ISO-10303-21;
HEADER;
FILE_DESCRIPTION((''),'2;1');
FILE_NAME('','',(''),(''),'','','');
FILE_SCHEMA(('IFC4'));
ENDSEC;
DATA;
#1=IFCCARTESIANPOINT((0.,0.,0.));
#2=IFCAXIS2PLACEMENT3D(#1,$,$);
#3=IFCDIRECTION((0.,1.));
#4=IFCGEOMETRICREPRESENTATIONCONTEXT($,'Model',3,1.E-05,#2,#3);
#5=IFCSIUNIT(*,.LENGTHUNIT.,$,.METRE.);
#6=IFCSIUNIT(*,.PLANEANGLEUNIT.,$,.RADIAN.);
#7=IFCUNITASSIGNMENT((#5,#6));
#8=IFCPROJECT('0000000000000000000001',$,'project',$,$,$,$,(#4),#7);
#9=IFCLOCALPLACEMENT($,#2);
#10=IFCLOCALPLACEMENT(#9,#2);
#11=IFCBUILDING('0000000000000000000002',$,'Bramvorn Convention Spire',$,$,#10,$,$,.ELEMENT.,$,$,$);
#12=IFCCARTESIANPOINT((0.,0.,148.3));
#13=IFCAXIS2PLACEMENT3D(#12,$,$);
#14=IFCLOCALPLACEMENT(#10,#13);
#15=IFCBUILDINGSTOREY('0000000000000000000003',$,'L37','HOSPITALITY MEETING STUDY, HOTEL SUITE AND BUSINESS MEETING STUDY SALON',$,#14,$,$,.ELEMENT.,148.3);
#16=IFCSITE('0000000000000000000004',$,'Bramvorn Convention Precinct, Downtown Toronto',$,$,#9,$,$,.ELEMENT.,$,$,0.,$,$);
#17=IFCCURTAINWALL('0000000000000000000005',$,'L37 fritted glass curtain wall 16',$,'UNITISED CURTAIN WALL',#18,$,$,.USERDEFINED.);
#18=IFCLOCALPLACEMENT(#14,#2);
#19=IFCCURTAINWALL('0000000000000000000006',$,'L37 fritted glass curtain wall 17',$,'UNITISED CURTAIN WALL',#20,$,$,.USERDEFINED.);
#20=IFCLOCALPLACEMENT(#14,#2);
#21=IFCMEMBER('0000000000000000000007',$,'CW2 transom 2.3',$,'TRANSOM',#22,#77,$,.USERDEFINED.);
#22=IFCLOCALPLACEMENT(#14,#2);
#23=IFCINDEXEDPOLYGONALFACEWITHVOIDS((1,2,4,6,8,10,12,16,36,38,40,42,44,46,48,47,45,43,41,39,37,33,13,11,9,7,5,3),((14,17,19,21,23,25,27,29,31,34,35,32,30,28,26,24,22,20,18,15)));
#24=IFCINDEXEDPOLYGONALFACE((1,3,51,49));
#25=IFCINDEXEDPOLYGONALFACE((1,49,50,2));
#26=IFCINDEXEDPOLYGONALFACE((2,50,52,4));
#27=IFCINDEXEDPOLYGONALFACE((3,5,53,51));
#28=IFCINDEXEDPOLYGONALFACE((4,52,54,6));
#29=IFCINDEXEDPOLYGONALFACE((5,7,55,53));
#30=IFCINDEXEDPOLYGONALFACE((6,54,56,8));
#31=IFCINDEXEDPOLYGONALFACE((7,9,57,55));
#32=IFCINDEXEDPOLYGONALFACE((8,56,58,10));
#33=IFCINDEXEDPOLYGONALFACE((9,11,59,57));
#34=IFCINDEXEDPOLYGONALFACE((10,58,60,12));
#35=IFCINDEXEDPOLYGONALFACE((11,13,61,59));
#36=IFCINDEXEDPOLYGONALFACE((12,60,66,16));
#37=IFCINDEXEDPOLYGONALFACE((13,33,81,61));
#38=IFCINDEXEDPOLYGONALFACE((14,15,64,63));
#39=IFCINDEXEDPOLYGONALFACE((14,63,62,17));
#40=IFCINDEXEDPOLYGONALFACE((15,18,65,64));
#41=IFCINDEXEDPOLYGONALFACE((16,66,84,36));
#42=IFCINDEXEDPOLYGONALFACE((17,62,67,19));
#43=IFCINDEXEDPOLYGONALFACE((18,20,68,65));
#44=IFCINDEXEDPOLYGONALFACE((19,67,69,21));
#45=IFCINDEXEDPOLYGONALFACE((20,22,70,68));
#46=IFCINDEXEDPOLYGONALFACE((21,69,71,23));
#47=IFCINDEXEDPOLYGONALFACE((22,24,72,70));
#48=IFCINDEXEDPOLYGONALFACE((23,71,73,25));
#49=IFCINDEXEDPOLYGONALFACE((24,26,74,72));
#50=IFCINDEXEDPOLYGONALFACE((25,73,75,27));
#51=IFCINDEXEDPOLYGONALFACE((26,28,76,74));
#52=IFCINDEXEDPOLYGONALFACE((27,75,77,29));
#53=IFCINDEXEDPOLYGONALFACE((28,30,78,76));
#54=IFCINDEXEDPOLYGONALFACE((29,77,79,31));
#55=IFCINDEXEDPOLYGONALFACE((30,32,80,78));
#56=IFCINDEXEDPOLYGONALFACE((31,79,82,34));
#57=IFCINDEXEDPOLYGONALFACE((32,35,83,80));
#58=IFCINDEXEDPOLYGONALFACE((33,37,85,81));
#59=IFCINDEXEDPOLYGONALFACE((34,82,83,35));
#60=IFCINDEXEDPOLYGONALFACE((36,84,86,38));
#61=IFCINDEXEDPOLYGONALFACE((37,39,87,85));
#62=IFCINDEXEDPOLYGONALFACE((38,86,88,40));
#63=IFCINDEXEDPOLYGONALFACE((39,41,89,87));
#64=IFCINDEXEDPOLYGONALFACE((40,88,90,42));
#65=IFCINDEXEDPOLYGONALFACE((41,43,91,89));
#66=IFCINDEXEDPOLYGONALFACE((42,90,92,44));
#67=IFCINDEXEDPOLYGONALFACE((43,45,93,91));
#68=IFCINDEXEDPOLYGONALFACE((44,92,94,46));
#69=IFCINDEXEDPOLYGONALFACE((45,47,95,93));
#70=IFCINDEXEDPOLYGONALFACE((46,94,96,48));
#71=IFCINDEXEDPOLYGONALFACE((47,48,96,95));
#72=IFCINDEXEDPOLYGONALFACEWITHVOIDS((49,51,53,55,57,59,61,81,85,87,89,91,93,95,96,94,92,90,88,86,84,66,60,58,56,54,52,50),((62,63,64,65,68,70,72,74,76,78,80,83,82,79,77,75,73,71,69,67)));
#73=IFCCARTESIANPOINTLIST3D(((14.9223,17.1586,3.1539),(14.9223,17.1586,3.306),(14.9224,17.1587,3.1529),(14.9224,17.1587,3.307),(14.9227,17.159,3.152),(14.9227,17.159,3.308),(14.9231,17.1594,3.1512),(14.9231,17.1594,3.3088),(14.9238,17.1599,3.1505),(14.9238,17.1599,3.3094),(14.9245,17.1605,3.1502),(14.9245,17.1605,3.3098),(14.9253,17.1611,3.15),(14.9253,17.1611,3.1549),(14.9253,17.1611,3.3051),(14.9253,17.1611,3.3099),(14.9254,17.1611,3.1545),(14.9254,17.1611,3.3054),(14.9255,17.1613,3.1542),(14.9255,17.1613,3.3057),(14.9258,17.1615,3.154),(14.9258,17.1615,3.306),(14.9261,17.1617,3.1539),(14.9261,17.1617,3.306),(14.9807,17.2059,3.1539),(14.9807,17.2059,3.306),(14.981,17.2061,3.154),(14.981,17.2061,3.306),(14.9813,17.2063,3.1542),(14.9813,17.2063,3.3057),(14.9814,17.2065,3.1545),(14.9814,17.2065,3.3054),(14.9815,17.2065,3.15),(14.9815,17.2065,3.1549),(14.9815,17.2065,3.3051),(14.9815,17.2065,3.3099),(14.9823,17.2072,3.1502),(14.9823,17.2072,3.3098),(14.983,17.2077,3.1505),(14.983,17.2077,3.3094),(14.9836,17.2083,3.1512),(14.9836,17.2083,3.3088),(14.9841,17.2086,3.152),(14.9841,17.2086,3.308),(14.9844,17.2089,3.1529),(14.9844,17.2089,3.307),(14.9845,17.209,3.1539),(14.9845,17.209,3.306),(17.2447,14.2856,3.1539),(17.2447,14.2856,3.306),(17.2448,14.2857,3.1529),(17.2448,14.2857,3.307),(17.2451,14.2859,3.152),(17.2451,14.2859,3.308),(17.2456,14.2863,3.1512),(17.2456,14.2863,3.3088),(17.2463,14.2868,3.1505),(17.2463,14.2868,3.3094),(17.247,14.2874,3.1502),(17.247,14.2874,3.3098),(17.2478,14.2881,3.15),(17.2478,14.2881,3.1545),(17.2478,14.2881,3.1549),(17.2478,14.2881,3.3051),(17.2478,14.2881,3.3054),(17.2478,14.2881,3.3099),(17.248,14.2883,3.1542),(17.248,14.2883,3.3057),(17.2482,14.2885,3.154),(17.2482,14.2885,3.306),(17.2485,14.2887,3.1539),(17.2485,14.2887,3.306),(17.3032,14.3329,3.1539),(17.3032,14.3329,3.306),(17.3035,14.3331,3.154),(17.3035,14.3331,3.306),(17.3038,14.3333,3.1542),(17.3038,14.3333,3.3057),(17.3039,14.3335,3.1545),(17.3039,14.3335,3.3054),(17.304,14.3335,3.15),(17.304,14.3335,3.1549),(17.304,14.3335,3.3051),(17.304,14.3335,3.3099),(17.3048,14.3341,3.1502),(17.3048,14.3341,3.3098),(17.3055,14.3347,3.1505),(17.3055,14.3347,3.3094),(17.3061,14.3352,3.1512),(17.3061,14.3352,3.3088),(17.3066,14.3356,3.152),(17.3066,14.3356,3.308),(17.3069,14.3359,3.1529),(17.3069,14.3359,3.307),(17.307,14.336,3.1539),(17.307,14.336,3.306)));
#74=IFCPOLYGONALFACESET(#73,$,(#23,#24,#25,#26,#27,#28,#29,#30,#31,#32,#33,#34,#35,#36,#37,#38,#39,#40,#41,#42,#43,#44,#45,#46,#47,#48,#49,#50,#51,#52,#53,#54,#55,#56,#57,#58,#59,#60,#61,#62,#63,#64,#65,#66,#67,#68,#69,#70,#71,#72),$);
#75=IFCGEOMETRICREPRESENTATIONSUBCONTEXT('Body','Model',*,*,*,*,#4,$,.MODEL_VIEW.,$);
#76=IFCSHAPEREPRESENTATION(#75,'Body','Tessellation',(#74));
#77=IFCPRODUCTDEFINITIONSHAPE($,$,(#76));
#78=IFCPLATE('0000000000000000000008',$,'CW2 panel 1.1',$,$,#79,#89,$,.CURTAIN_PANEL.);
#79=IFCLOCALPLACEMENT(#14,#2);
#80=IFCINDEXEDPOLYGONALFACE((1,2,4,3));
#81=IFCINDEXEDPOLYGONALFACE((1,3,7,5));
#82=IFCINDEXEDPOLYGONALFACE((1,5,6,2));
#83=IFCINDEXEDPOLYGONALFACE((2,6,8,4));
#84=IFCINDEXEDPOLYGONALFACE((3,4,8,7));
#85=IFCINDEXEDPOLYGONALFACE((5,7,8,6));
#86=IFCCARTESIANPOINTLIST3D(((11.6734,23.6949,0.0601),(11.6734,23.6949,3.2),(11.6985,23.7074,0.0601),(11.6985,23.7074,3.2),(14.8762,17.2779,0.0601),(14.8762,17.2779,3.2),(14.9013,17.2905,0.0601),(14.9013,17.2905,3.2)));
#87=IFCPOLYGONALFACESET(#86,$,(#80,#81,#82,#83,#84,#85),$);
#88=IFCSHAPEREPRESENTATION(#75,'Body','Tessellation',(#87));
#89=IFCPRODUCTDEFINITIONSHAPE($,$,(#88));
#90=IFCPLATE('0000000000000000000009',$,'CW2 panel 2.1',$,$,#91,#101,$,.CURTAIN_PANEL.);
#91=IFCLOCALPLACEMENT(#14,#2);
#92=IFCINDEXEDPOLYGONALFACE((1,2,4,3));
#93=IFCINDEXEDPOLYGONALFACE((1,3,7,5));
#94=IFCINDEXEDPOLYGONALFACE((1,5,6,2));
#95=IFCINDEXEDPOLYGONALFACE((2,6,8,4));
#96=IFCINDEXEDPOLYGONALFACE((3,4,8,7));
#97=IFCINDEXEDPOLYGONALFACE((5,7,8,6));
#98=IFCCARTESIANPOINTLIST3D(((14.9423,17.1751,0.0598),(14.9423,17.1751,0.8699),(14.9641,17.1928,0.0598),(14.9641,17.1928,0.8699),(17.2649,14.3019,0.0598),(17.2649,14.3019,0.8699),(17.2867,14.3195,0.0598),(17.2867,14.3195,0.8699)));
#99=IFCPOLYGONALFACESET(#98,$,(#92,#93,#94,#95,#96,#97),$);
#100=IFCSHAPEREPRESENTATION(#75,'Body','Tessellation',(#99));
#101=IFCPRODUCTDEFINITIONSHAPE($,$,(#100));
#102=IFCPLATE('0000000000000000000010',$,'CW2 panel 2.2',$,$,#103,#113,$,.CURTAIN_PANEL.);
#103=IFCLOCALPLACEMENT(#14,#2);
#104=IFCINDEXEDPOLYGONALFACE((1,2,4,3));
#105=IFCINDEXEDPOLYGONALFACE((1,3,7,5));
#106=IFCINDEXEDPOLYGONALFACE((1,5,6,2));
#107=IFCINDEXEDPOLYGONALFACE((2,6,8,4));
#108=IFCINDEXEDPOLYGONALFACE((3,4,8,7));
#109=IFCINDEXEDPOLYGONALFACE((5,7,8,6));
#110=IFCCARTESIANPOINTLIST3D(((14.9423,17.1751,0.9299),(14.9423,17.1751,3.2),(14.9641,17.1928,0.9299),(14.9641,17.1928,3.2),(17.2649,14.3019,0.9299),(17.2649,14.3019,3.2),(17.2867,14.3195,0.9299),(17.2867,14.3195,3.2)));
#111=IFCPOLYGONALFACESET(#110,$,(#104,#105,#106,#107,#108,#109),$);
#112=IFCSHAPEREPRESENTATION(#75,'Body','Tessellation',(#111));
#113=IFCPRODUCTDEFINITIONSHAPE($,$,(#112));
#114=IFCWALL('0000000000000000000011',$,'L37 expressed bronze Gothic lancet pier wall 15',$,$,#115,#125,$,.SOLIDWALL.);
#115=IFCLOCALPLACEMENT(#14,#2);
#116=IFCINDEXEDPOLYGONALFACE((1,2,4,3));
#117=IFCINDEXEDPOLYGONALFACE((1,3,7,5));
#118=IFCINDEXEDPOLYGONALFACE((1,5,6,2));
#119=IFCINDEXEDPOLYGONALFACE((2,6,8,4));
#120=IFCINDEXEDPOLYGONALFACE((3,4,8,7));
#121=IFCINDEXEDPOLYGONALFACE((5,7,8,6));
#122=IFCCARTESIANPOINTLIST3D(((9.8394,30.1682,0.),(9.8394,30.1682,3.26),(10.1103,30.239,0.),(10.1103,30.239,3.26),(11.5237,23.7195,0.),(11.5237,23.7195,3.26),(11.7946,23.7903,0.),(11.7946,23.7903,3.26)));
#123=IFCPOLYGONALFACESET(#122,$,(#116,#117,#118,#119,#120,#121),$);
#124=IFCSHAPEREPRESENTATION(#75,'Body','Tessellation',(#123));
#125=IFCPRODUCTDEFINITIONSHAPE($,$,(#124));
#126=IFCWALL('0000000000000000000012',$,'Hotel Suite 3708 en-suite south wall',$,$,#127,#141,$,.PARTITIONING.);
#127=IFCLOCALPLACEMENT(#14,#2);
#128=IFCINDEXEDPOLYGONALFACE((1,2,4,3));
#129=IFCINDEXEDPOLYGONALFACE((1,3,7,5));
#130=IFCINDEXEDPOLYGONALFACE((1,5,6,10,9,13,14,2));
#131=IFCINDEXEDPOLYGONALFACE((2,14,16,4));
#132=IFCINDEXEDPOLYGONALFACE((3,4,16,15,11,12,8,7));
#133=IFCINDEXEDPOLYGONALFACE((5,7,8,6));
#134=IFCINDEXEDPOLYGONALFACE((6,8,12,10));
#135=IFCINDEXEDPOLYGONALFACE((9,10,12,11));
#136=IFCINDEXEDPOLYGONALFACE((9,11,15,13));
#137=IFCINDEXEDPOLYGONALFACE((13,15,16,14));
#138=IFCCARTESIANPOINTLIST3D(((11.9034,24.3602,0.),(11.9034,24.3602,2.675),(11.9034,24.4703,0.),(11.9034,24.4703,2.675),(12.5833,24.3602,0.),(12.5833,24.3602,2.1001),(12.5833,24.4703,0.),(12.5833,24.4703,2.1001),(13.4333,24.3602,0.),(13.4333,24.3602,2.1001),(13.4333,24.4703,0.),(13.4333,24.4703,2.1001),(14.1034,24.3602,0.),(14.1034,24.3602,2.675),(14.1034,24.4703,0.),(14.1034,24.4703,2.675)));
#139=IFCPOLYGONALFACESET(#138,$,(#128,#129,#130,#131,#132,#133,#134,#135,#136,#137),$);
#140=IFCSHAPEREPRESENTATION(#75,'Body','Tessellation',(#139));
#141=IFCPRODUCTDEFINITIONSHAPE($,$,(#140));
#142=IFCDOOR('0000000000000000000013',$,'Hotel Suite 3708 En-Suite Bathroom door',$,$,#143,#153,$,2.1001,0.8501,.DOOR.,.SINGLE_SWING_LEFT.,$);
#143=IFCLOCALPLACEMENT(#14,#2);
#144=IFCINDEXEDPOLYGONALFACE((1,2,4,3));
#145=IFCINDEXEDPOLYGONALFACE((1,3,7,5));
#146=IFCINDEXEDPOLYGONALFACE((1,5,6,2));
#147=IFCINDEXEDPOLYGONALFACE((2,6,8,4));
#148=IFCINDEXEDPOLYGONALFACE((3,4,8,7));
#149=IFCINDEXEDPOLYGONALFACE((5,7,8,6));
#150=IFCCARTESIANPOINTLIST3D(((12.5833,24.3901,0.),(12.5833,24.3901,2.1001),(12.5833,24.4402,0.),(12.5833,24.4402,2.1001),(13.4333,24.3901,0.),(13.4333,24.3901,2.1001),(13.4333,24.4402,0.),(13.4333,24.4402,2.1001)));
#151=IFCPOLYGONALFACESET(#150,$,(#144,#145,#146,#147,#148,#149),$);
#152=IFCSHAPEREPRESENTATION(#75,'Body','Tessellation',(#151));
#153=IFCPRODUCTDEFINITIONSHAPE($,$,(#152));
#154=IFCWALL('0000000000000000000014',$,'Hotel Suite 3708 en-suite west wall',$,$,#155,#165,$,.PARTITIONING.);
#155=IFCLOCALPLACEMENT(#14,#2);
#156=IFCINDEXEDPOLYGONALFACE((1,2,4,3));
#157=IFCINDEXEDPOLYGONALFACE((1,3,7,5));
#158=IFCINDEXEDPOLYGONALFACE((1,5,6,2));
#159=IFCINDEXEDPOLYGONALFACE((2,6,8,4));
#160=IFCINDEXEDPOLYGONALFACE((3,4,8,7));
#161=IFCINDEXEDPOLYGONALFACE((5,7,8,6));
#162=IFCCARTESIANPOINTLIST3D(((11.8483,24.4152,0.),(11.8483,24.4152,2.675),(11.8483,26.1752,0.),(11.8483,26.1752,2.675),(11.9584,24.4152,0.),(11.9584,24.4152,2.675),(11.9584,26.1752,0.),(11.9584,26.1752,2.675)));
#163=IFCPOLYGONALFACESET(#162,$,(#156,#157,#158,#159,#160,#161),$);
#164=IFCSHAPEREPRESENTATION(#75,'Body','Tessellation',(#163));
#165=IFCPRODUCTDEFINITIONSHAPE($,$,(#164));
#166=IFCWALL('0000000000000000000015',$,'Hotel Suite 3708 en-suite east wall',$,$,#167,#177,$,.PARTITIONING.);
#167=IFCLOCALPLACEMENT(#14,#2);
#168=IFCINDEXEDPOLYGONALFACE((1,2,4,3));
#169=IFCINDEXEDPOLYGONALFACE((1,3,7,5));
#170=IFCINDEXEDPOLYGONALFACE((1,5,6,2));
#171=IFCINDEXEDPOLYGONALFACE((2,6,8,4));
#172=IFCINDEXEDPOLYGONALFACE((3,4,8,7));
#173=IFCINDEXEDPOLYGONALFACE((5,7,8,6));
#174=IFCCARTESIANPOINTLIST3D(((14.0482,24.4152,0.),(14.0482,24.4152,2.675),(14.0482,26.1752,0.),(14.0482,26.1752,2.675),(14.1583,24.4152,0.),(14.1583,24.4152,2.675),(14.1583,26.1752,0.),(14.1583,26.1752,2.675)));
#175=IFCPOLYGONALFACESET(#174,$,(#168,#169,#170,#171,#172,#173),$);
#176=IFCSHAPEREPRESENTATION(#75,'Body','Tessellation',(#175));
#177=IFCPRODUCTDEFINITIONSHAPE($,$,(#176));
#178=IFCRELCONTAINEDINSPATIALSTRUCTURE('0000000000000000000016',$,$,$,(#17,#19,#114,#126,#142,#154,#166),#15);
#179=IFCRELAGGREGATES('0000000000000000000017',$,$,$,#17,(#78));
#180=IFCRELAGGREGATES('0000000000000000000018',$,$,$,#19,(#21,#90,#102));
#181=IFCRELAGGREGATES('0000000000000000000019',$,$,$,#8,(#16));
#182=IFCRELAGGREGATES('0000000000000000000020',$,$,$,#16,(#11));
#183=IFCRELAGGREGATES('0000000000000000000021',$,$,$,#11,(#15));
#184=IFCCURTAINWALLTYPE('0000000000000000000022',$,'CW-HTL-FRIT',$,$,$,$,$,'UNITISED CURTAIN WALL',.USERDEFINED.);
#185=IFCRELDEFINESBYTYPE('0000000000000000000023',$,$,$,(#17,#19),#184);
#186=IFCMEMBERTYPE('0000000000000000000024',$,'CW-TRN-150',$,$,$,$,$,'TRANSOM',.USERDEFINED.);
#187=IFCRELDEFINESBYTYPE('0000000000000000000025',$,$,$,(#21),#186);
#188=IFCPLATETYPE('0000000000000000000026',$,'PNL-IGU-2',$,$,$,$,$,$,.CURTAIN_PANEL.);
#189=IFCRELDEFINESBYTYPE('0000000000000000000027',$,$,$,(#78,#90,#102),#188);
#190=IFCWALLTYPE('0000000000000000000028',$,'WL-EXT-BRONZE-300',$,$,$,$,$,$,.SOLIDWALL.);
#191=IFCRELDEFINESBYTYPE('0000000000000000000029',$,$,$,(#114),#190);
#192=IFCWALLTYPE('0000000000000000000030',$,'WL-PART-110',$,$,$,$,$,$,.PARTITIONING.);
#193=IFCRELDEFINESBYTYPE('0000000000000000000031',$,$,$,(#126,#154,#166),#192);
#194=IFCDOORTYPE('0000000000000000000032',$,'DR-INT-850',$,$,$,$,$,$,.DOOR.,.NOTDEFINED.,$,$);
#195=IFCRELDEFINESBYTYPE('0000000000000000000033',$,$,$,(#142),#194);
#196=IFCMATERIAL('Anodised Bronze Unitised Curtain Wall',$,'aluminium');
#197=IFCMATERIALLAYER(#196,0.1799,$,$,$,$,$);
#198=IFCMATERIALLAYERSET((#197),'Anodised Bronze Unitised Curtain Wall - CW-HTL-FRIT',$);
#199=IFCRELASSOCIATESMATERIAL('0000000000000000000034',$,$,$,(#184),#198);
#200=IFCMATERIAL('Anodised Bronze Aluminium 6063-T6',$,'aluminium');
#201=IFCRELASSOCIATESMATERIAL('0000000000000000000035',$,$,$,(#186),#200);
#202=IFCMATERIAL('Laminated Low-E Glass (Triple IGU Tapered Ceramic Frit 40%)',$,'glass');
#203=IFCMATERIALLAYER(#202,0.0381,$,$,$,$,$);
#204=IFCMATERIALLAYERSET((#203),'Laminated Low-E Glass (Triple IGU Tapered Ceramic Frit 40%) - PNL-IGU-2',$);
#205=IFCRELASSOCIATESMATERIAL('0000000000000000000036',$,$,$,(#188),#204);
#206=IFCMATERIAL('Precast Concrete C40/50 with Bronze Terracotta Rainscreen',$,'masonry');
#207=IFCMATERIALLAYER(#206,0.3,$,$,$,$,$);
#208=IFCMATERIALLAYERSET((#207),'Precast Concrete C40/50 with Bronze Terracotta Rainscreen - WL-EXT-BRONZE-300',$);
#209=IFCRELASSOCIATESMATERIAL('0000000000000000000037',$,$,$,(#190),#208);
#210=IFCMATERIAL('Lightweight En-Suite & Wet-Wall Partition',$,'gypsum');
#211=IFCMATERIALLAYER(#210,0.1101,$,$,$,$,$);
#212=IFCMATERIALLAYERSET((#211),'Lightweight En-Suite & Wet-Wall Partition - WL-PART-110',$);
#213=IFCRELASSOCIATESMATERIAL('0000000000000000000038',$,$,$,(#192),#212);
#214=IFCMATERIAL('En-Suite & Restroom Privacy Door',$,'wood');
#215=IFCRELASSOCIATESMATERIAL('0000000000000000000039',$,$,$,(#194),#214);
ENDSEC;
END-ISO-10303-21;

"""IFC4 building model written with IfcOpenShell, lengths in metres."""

from ifc_helpers import new_model, si_unit, direction, frame, frame_2d, origin, origin_2d, place, context, subcontext, project, spatial, rectangle, hollow_rectangle, extrude, material, layer, layer_set, material_profile, profile_set, type_object, element, fill, aggregate, save


model = new_model("IFC4")

# Units and contexts
model_context = context("Model", 3, precision=1e-05, world=origin(), true_north=direction((0.0, 1.0)))
body_context = subcontext(model_context, "Body", "Model", "MODEL_VIEW")
ifc_project = project(units=[si_unit("LENGTHUNIT", "METRE"), si_unit("PLANEANGLEUNIT", "RADIAN")], contexts=[model_context])

# Site, building, storey
site_placement = place(None, origin())
site = spatial("IfcSite", under=ifc_project, at=site_placement, Name="Bramvorn Convention Precinct, Downtown Toronto", CompositionType="ELEMENT", RefElevation=0.0)
building_placement = place(site_placement, origin())
building = spatial("IfcBuilding", under=site, at=building_placement, Name="Bramvorn Convention Spire", CompositionType="ELEMENT")
storey_placement = place(building_placement, frame((0.0, 0.0, 148.3)))
storey = spatial("IfcBuildingStorey", under=building, at=storey_placement, Name="L37", Description="HOSPITALITY MEETING STUDY, HOTEL SUITE AND BUSINESS MEETING STUDY SALON", CompositionType="ELEMENT", Elevation=148.3)

# Curtain wall
ifc_material_1 = material(Name="Anodised Bronze Unitised Curtain Wall", Category="aluminium")
ifc_layer_1 = layer(ifc_material_1, 0.1799)
ifc_layer_set_1 = layer_set([ifc_layer_1], Name="Anodised Bronze Unitised Curtain Wall - CW-HTL-FRIT")
curtain_wall_type = type_object("IfcCurtainWallType", Name="CW-HTL-FRIT", ElementType="UNITISED CURTAIN WALL", PredefinedType="USERDEFINED", material=ifc_layer_set_1)
curtain_wall_1_placement = place(storey_placement, origin())
curtain_wall_1 = element("IfcCurtainWall", 1, at=curtain_wall_1_placement, inside=storey, type_object=curtain_wall_type, Name="L37 fritted glass curtain wall 16", ObjectType="UNITISED CURTAIN WALL", PredefinedType="USERDEFINED")
ifc_material_2 = material(Name="Anodised Bronze Aluminium 6063-T6", Category="aluminium")

# Curtain wall
curtain_wall_2_placement = place(storey_placement, origin())
curtain_wall_2 = element("IfcCurtainWall", 2, at=curtain_wall_2_placement, inside=storey, type_object=curtain_wall_type, Name="L37 fritted glass curtain wall 17", ObjectType="UNITISED CURTAIN WALL", PredefinedType="USERDEFINED")

# Member
ifc_material_profile_1 = material_profile(ifc_material_2, hollow_rectangle(XDim=0.0801, YDim=0.1599, WallThickness=0.0039, InnerFilletRadius=0.001, OuterFilletRadius=0.0039, at=origin_2d()))
ifc_profile_set_1 = profile_set([ifc_material_profile_1], Name="Anodised Bronze Aluminium 6063-T6 - CWT80X160")
member_type_1 = type_object("IfcMemberType", Name="CW-TRN-150", ElementType="TRANSOM", PredefinedType="USERDEFINED", material=ifc_profile_set_1)
member_1_placement = place(storey_placement, frame((17.2759, 14.3108, 3.23), z_axis=(-0.62866, 0.77768, 0.0), x_axis=(-0.77768, -0.62866, 0.0)))
member_1 = element("IfcMember", 3, at=member_1_placement, type_object=member_type_1, Name="CW2 transom 2.3", ObjectType="TRANSOM", PredefinedType="USERDEFINED", context=body_context, shape_type="SweptSolid", body=[
    extrude(hollow_rectangle(XDim=0.0801, YDim=0.1599, WallThickness=0.0039, InnerFilletRadius=0.001, OuterFilletRadius=0.0039, at=origin_2d()), origin(), (0.0, 0.0, 1.0), 3.6943),
])

# Plates
ifc_material_3 = material(Name="Laminated Low-E Glass (Triple IGU Tapered Ceramic Frit 40%)", Category="glass")
ifc_layer_2 = layer(ifc_material_3, 0.0381)
ifc_layer_set_2 = layer_set([ifc_layer_2], Name="Laminated Low-E Glass (Triple IGU Tapered Ceramic Frit 40%) - PNL-IGU-2")
plate_type = type_object("IfcPlateType", Name="PNL-IGU-2", PredefinedType="CURTAIN_PANEL", material=ifc_layer_set_2)
plate_1_placement = place(storey_placement, frame((13.2874, 20.4927, 0.0601), z_axis=(0.0, 0.0, 1.0), x_axis=(-0.446583, 0.894742, 0.0)))
plate_1 = element("IfcPlate", 4, at=plate_1_placement, type_object=plate_type, Name="CW2 panel 1.1", PredefinedType="CURTAIN_PANEL", context=body_context, shape_type="SweptSolid", body=[
    extrude(rectangle(XDim=7.1719, YDim=0.0281, at=origin_2d()), origin(), (0.0, 0.0, 1.0), 3.1399),
])
aggregate(curtain_wall_1, [plate_1])
plate_2_placement = place(storey_placement, frame((16.1145, 15.7473, 0.0598), z_axis=(0.0, 0.0, 1.0), x_axis=(-0.628642, 0.777694, 0.0)))
plate_2 = element("IfcPlate", 5, at=plate_2_placement, type_object=plate_type, Name="CW2 panel 2.1", PredefinedType="CURTAIN_PANEL", context=body_context, shape_type="SweptSolid", body=[
    extrude(rectangle(XDim=3.6946, YDim=0.0281, at=origin_2d()), origin(), (0.0, 0.0, 1.0), 0.8101),
])
plate_3_placement = place(storey_placement, frame((16.1145, 15.7473, 0.9299), z_axis=(0.0, 0.0, 1.0), x_axis=(-0.628642, 0.777694, 0.0)))
plate_3 = element("IfcPlate", 6, at=plate_3_placement, type_object=plate_type, Name="CW2 panel 2.2", PredefinedType="CURTAIN_PANEL", context=body_context, shape_type="SweptSolid", body=[
    extrude(rectangle(XDim=3.6946, YDim=0.0281, at=origin_2d()), origin(), (0.0, 0.0, 1.0), 2.27),
])
aggregate(curtain_wall_2, [member_1, plate_2, plate_3])

# Wall
ifc_material_4 = material(Name="Precast Concrete C40/50 with Bronze Terracotta Rainscreen", Category="masonry")
ifc_layer_3 = layer(ifc_material_4, 0.3)
ifc_layer_set_3 = layer_set([ifc_layer_3], Name="Precast Concrete C40/50 with Bronze Terracotta Rainscreen - WL-EXT-BRONZE-300")
wall_type_1 = type_object("IfcWallType", Name="WL-EXT-BRONZE-300", PredefinedType="SOLIDWALL", material=ifc_layer_set_3)
wall_1_placement = place(storey_placement, frame((11.6592, 23.7549, 0.0), z_axis=(0.0, 0.0, 1.0), x_axis=(-0.25271, 0.967542, 0.0)))
element("IfcWall", 7, at=wall_1_placement, inside=storey, type_object=wall_type_1, Name="L37 expressed bronze Gothic lancet pier wall 15", PredefinedType="SOLIDWALL", context=body_context, shape_type="SweptSolid", body=[
    extrude(rectangle(XDim=6.665, YDim=0.28, at=frame_2d((3.3325, 0.0))), origin(), (0.0, 0.0, 1.0), 3.26),
])

# Wall, opening, door
ifc_material_5 = material(Name="Lightweight En-Suite & Wet-Wall Partition", Category="gypsum")
ifc_layer_4 = layer(ifc_material_5, 0.1101)
ifc_layer_set_4 = layer_set([ifc_layer_4], Name="Lightweight En-Suite & Wet-Wall Partition - WL-PART-110")
wall_type_2 = type_object("IfcWallType", Name="WL-PART-110", PredefinedType="PARTITIONING", material=ifc_layer_set_4)
wall_2_placement = place(storey_placement, frame((11.9033, 24.4153, 0.0), z_axis=(0.0, 0.0, 1.0), x_axis=(1.0, 0.0, 0.0)))
wall_2 = element("IfcWall", 8, at=wall_2_placement, inside=storey, type_object=wall_type_2, Name="Hotel Suite 3708 en-suite south wall", PredefinedType="PARTITIONING", context=body_context, shape_type="SweptSolid", body=[
    extrude(rectangle(XDim=2.2, YDim=0.1101, at=frame_2d((1.1001, 0.0))), origin(), (0.0, 0.0, 1.0), 2.675),
])
opening_1_placement = place(wall_2_placement, frame((0.6799, 0.0, 0.0)))
opening_1 = element("IfcOpeningElement", 9, at=opening_1_placement, cuts=wall_2, PredefinedType="OPENING", context=body_context, shape_type="SweptSolid", body=[
    extrude(rectangle(XDim=0.8501, YDim=2.1001, at=frame_2d((0.425, 1.05))), frame((0.0, 0.0649, 0.0), z_axis=(0.0, -1.0, 0.0), x_axis=(1.0, 0.0, 0.0)), (0.0, 0.0, 1.0), 0.1301),
])
ifc_material_6 = material(Name="En-Suite & Restroom Privacy Door", Category="wood")
door_type_1 = type_object("IfcDoorType", Name="DR-INT-850", OperationType="NOTDEFINED", PredefinedType="DOOR", material=ifc_material_6)
door_1_placement = place(opening_1_placement, origin())
door_1 = element("IfcDoor", 10, at=door_1_placement, inside=storey, type_object=door_type_1, Name="Hotel Suite 3708 En-Suite Bathroom door", OperationType="SINGLE_SWING_LEFT", OverallHeight=2.1001, OverallWidth=0.8501, PredefinedType="DOOR", context=body_context, shape_type="SweptSolid", body=[
    extrude(rectangle(XDim=0.8501, YDim=2.1001, at=frame_2d((0.425, 1.05))), frame((0.0, 0.0249, 0.0), z_axis=(0.0, -1.0, 0.0), x_axis=(1.0, 0.0, 0.0)), (0.0, 0.0, 1.0), 0.05),
])
fill(opening_1, door_1)

# Walls
for number, where, z_axis, x_axis, name in (
    (11, (11.9033, 24.4153, 0.0), (0.0, 0.0, 1.0), (0.0, 1.0, 0.0), "Hotel Suite 3708 en-suite west wall"),
    (12, (14.1033, 24.4153, 0.0), (0.0, 0.0, 1.0), (0.0, 1.0, 0.0), "Hotel Suite 3708 en-suite east wall"),
):
    element("IfcWall", number, at=place(storey_placement, frame(where, z_axis=z_axis, x_axis=x_axis)), inside=storey, type_object=wall_type_2, Name=name, PredefinedType="PARTITIONING", context=body_context, shape_type="SweptSolid", body=[
        extrude(rectangle(XDim=1.76, YDim=0.1101, at=frame_2d((0.8799, 0.0))), origin(), (0.0, 0.0, 1.0), 2.675),
    ])

save(model, "model.ifc")
